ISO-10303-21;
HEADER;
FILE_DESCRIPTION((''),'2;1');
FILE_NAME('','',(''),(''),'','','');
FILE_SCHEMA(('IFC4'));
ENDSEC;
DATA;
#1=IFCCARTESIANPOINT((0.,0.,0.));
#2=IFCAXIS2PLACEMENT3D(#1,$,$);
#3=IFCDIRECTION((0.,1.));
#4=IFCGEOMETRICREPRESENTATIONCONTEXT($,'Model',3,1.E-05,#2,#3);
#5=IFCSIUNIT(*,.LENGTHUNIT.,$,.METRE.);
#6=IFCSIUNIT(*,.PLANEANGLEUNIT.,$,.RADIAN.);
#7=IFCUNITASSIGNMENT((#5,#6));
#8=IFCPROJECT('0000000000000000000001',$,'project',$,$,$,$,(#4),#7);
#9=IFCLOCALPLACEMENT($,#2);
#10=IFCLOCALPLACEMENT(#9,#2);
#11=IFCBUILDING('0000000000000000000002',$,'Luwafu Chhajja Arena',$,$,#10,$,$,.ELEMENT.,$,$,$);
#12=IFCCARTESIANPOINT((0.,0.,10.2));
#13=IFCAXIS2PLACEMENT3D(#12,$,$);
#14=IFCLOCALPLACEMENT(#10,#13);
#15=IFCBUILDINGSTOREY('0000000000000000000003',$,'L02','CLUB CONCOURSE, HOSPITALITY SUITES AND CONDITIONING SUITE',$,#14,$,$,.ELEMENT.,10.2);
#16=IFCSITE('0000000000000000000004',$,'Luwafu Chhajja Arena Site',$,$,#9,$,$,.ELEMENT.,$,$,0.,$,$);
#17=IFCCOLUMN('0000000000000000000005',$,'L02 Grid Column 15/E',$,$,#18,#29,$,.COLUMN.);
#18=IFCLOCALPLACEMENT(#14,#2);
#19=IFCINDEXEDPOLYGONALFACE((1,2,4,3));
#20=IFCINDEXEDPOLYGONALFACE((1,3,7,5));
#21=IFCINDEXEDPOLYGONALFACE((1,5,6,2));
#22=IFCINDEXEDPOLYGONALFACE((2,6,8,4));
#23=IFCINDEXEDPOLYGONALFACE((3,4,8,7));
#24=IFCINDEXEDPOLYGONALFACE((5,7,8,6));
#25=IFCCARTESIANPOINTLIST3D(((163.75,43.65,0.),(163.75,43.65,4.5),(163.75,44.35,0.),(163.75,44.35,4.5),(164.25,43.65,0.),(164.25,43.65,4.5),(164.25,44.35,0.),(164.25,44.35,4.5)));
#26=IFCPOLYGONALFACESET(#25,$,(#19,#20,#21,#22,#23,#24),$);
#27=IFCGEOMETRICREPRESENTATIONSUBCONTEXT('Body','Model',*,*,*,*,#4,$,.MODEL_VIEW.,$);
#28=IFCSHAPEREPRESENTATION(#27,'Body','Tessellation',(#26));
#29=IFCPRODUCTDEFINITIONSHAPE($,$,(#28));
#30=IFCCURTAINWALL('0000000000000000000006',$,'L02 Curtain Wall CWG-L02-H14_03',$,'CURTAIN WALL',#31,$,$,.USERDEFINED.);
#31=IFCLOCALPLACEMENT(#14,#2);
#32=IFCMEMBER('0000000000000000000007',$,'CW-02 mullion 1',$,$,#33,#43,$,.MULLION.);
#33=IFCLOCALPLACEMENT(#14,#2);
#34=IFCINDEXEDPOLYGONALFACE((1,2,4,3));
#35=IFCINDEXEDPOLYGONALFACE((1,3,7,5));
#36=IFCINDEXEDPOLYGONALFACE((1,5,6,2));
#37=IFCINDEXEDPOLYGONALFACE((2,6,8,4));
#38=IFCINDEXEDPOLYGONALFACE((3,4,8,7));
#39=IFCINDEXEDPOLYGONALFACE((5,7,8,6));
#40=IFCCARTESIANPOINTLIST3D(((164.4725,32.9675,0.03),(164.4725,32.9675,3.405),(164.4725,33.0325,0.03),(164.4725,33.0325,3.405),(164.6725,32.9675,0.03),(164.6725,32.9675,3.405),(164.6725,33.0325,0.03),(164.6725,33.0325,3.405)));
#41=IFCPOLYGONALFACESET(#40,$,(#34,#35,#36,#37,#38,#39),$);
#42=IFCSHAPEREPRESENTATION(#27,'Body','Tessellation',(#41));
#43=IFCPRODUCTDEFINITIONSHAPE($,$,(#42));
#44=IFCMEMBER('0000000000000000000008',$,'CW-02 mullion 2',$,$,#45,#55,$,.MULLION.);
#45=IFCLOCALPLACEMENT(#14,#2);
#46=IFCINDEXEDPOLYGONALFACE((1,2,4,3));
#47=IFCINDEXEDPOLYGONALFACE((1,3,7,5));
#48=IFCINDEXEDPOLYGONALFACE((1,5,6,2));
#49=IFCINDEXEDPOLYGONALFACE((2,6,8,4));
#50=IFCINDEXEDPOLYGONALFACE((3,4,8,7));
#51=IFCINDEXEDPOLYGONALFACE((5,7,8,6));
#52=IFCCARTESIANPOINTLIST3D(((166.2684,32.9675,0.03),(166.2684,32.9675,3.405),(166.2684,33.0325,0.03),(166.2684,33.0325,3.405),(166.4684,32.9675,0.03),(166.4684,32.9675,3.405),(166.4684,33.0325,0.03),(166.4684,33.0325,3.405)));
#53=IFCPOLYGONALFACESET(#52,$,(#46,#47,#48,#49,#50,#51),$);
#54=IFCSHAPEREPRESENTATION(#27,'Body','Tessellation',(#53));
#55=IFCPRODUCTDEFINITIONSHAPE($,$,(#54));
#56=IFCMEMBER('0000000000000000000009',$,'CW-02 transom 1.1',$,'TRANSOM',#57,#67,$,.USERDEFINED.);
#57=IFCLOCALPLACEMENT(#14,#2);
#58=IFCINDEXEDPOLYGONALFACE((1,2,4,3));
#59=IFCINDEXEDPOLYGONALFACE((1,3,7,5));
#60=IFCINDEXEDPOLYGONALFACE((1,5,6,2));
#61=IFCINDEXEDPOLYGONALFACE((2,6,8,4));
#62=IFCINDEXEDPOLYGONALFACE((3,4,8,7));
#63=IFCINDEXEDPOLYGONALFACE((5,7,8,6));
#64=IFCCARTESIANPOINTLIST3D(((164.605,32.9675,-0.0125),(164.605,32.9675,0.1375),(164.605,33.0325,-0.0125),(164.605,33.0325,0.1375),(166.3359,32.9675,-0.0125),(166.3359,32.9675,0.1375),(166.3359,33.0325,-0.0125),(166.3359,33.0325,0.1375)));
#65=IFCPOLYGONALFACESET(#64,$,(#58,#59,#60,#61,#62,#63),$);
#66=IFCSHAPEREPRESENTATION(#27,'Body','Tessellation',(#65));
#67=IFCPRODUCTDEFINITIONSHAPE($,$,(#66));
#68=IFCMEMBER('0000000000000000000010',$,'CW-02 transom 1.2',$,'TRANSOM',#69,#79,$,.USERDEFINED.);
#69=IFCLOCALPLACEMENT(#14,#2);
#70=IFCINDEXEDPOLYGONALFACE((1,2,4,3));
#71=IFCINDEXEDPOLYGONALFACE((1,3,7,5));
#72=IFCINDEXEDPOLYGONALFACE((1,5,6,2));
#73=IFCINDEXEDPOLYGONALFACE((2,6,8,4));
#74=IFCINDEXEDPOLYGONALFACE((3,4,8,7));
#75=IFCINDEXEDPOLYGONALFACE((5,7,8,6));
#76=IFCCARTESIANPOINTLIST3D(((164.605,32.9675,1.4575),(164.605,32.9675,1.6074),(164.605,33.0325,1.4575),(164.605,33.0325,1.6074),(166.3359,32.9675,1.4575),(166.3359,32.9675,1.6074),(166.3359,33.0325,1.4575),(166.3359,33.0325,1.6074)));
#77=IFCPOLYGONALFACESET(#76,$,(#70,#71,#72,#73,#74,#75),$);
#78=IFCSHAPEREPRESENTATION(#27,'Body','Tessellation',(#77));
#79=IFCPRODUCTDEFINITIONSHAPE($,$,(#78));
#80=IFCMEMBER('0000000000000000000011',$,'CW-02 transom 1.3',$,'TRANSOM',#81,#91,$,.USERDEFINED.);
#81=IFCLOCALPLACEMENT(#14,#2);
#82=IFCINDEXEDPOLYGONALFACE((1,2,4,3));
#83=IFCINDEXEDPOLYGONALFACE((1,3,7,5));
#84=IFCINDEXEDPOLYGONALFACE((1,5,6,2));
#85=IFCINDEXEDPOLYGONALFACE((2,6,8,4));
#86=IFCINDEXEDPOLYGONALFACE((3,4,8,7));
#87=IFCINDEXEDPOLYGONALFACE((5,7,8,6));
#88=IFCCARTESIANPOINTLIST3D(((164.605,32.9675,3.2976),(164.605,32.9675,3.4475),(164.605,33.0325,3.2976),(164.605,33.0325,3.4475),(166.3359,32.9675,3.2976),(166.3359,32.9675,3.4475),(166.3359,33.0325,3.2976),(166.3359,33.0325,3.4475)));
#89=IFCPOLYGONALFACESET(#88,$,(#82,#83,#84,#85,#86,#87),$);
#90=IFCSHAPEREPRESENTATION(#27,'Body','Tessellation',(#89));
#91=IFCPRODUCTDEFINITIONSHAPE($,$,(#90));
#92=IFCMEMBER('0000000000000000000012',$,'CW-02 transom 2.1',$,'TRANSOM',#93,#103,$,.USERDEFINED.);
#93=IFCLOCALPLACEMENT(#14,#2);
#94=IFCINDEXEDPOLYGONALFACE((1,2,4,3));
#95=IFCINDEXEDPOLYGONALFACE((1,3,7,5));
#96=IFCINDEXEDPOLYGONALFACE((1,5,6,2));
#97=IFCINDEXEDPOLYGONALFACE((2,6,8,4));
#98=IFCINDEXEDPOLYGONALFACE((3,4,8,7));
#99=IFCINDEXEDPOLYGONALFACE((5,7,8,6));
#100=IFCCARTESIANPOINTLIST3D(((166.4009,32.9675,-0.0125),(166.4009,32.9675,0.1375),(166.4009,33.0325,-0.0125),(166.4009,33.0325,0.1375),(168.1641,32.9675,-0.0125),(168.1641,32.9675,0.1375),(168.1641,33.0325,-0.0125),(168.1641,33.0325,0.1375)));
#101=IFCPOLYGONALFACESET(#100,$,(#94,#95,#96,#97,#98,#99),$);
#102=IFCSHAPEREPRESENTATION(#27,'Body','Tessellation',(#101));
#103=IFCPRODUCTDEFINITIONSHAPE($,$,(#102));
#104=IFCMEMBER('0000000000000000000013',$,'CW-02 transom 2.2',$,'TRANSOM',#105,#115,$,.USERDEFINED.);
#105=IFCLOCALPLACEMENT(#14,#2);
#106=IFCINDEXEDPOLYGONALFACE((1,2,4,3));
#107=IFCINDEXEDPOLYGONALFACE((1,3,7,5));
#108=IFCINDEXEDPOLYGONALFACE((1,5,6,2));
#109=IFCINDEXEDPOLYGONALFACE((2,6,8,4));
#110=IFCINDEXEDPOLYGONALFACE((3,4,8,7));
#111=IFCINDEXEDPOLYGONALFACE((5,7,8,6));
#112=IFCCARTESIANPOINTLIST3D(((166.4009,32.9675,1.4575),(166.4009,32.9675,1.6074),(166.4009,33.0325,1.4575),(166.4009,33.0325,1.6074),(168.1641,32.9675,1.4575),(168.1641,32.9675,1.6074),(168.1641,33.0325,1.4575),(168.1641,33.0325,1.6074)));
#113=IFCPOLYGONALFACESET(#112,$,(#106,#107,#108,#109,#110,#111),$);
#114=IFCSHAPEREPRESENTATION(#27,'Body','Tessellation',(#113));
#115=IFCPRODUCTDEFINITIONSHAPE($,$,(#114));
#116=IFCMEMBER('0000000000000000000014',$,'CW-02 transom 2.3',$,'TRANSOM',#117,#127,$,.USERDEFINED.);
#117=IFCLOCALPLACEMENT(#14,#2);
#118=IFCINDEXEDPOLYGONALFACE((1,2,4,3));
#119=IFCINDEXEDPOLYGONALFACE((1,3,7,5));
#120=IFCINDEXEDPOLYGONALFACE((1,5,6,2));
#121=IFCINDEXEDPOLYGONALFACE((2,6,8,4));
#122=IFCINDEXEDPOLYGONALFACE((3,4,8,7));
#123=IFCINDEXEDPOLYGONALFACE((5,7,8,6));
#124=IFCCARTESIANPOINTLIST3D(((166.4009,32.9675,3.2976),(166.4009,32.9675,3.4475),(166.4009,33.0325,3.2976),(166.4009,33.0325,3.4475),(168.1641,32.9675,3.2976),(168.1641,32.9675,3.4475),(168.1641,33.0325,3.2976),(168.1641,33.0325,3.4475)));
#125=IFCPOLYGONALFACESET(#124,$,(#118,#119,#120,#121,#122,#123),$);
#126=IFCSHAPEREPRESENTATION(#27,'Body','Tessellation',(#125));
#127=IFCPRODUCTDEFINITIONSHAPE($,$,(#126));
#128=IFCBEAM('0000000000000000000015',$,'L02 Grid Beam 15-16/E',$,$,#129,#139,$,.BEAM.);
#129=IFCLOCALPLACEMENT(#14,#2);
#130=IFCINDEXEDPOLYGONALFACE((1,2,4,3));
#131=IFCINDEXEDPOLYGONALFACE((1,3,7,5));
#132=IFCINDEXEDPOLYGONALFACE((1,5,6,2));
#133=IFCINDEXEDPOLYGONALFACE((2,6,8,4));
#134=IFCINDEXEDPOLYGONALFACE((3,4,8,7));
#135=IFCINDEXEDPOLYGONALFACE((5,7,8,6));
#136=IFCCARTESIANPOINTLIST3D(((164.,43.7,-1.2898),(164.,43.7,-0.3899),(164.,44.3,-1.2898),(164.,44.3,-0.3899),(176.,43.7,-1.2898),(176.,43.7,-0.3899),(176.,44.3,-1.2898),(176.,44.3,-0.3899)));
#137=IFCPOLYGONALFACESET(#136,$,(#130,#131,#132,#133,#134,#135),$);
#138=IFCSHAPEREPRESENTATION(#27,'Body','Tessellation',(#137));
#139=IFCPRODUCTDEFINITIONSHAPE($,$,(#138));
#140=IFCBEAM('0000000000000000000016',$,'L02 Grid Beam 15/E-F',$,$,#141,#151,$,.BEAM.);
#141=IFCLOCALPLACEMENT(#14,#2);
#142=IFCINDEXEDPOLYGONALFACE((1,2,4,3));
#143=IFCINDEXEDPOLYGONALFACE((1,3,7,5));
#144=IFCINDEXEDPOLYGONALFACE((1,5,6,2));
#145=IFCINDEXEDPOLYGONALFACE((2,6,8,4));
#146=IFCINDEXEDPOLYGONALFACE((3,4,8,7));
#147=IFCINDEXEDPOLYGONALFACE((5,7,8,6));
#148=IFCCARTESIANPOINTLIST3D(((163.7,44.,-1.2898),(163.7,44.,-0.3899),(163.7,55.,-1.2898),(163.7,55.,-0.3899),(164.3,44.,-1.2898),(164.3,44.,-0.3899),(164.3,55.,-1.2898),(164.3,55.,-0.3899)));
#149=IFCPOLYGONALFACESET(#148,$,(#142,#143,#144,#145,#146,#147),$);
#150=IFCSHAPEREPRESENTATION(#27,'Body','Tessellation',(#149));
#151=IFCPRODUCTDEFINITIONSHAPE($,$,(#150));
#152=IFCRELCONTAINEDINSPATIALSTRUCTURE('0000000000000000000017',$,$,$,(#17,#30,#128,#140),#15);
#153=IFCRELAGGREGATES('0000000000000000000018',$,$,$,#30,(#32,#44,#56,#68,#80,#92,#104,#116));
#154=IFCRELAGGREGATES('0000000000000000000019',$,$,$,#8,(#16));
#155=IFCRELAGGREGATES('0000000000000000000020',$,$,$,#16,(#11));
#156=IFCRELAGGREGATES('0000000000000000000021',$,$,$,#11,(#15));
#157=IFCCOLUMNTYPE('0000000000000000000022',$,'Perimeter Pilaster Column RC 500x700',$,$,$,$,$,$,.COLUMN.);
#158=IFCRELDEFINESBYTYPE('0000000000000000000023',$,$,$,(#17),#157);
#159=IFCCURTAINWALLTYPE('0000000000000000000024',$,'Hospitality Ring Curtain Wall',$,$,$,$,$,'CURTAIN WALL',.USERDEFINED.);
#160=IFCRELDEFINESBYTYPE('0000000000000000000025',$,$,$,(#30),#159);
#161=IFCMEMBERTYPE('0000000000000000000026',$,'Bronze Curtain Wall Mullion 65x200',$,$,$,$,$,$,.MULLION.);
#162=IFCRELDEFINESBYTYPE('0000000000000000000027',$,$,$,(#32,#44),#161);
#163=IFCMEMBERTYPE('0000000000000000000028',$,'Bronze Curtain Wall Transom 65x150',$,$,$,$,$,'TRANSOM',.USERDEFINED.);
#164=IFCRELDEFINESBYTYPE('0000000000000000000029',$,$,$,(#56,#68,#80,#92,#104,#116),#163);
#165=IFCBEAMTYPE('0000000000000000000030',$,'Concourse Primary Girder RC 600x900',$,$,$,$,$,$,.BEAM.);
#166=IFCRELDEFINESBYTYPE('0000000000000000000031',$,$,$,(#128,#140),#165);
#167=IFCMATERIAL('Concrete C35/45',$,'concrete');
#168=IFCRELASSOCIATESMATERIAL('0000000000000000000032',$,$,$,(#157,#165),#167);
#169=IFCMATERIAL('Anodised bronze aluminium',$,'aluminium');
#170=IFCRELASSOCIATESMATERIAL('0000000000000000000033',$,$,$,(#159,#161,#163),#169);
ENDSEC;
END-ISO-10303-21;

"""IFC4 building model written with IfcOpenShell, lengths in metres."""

from ifc_helpers import new_model, si_unit, direction, frame, origin, origin_2d, place, context, subcontext, project, spatial, rectangle, extrude, material, material_profile, profile_set, type_object, element, aggregate, save


model = new_model("IFC4")

# Units and contexts
model_context = context("Model", 3, precision=1e-05, world=origin(), true_north=direction((0.0, 1.0)))
body_context = subcontext(model_context, "Body", "Model", "MODEL_VIEW")
ifc_project = project(units=[si_unit("LENGTHUNIT", "METRE"), si_unit("PLANEANGLEUNIT", "RADIAN")], contexts=[model_context])

# Site, building, storey
site_placement = place(None, origin())
site = spatial("IfcSite", under=ifc_project, at=site_placement, Name="Luwafu Chhajja Arena Site", CompositionType="ELEMENT", RefElevation=0.0)
building_placement = place(site_placement, origin())
building = spatial("IfcBuilding", under=site, at=building_placement, Name="Luwafu Chhajja Arena", CompositionType="ELEMENT")
storey_placement = place(building_placement, frame((0.0, 0.0, 10.2)))
storey = spatial("IfcBuildingStorey", under=building, at=storey_placement, Name="L02", Description="CLUB CONCOURSE, HOSPITALITY SUITES AND CONDITIONING SUITE", CompositionType="ELEMENT", Elevation=10.2)

# Column
ifc_material_1 = material(Name="Concrete C35/45", Category="concrete")
ifc_material_profile_1 = material_profile(ifc_material_1, rectangle(XDim=0.5, YDim=0.7, at=origin_2d()), Name="RC 500x700")
ifc_profile_set_1 = profile_set([ifc_material_profile_1], Name="Concrete C35/45")
column_type = type_object("IfcColumnType", Name="Perimeter Pilaster Column RC 500x700", PredefinedType="COLUMN", material=ifc_profile_set_1)
column_placement = place(storey_placement, frame((164.0, 44.0, 0.0), z_axis=(0.0, 0.0, 1.0), x_axis=(1.0, 0.0, 0.0)))
element("IfcColumn", 1, at=column_placement, inside=storey, type_object=column_type, Name="L02 Grid Column 15/E", PredefinedType="COLUMN", context=body_context, shape_type="SweptSolid", body=[
    extrude(rectangle(XDim=0.5, YDim=0.7, at=origin_2d()), origin(), (0.0, 0.0, 1.0), 4.5),
])

# Curtain wall, members
ifc_material_2 = material(Name="Anodised bronze aluminium", Category="aluminium")
curtain_wall_type = type_object("IfcCurtainWallType", Name="Hospitality Ring Curtain Wall", ElementType="CURTAIN WALL", PredefinedType="USERDEFINED", material=ifc_material_2)
curtain_wall_placement = place(storey_placement, origin())
curtain_wall = element("IfcCurtainWall", 2, at=curtain_wall_placement, inside=storey, type_object=curtain_wall_type, Name="L02 Curtain Wall CWG-L02-H14_03", ObjectType="CURTAIN WALL", PredefinedType="USERDEFINED")
ifc_material_profile_2 = material_profile(ifc_material_2, rectangle(XDim=0.0649, YDim=0.2, at=origin_2d()), Name="CWM 65x200")
ifc_profile_set_2 = profile_set([ifc_material_profile_2], Name="Anodised bronze aluminium")
member_type_1 = type_object("IfcMemberType", Name="Bronze Curtain Wall Mullion 65x200", PredefinedType="MULLION", material=ifc_profile_set_2)
member_1_placement = place(storey_placement, frame((164.5725, 33.0, 0.03), z_axis=(0.0, 0.0, 1.0), x_axis=(0.0, 1.0, 0.0)))
member_1 = element("IfcMember", 3, at=member_1_placement, type_object=member_type_1, Name="CW-02 mullion 1", PredefinedType="MULLION", context=body_context, shape_type="SweptSolid", body=[
    extrude(rectangle(XDim=0.0649, YDim=0.2, at=origin_2d()), origin(), (0.0, 0.0, 1.0), 3.375),
])
member_2_placement = place(storey_placement, frame((166.3684, 33.0, 0.03), z_axis=(0.0, 0.0, 1.0), x_axis=(0.0, 1.0, 0.0)))
member_2 = element("IfcMember", 4, at=member_2_placement, type_object=member_type_1, Name="CW-02 mullion 2", PredefinedType="MULLION", context=body_context, shape_type="SweptSolid", body=[
    extrude(rectangle(XDim=0.0649, YDim=0.2, at=origin_2d()), origin(), (0.0, 0.0, 1.0), 3.375),
])
ifc_material_profile_3 = material_profile(ifc_material_2, rectangle(XDim=0.0649, YDim=0.1499, at=origin_2d()), Name="CWT 65x150")
ifc_profile_set_3 = profile_set([ifc_material_profile_3], Name="Anodised bronze aluminium")
member_type_2 = type_object("IfcMemberType", Name="Bronze Curtain Wall Transom 65x150", ElementType="TRANSOM", PredefinedType="USERDEFINED", material=ifc_profile_set_3)
member_3_placement = place(storey_placement, frame((164.605, 33.0, 0.0625), z_axis=(1.0, 0.0, 0.0), x_axis=(0.0, 1.0, 0.0)))
member_3 = element("IfcMember", 5, at=member_3_placement, type_object=member_type_2, Name="CW-02 transom 1.1", ObjectType="TRANSOM", PredefinedType="USERDEFINED", context=body_context, shape_type="SweptSolid", body=[
    extrude(rectangle(XDim=0.0649, YDim=0.1499, at=origin_2d()), origin(), (0.0, 0.0, 1.0), 1.731),
])
member_4_placement = place(storey_placement, frame((164.605, 33.0, 1.5325), z_axis=(1.0, 0.0, 0.0), x_axis=(0.0, 1.0, 0.0)))
member_4 = element("IfcMember", 6, at=member_4_placement, type_object=member_type_2, Name="CW-02 transom 1.2", ObjectType="TRANSOM", PredefinedType="USERDEFINED", context=body_context, shape_type="SweptSolid", body=[
    extrude(rectangle(XDim=0.0649, YDim=0.1499, at=origin_2d()), origin(), (0.0, 0.0, 1.0), 1.731),
])
member_5_placement = place(storey_placement, frame((164.605, 33.0, 3.3726), z_axis=(1.0, 0.0, 0.0), x_axis=(0.0, 1.0, 0.0)))
member_5 = element("IfcMember", 7, at=member_5_placement, type_object=member_type_2, Name="CW-02 transom 1.3", ObjectType="TRANSOM", PredefinedType="USERDEFINED", context=body_context, shape_type="SweptSolid", body=[
    extrude(rectangle(XDim=0.0649, YDim=0.1499, at=origin_2d()), origin(), (0.0, 0.0, 1.0), 1.731),
])
member_6_placement = place(storey_placement, frame((166.4009, 33.0, 0.0625), z_axis=(1.0, 0.0, 0.0), x_axis=(0.0, 1.0, 0.0)))
member_6 = element("IfcMember", 8, at=member_6_placement, type_object=member_type_2, Name="CW-02 transom 2.1", ObjectType="TRANSOM", PredefinedType="USERDEFINED", context=body_context, shape_type="SweptSolid", body=[
    extrude(rectangle(XDim=0.0649, YDim=0.1499, at=origin_2d()), origin(), (0.0, 0.0, 1.0), 1.7632),
])
member_7_placement = place(storey_placement, frame((166.4009, 33.0, 1.5325), z_axis=(1.0, 0.0, 0.0), x_axis=(0.0, 1.0, 0.0)))
member_7 = element("IfcMember", 9, at=member_7_placement, type_object=member_type_2, Name="CW-02 transom 2.2", ObjectType="TRANSOM", PredefinedType="USERDEFINED", context=body_context, shape_type="SweptSolid", body=[
    extrude(rectangle(XDim=0.0649, YDim=0.1499, at=origin_2d()), origin(), (0.0, 0.0, 1.0), 1.7632),
])
member_8_placement = place(storey_placement, frame((166.4009, 33.0, 3.3726), z_axis=(1.0, 0.0, 0.0), x_axis=(0.0, 1.0, 0.0)))
member_8 = element("IfcMember", 10, at=member_8_placement, type_object=member_type_2, Name="CW-02 transom 2.3", ObjectType="TRANSOM", PredefinedType="USERDEFINED", context=body_context, shape_type="SweptSolid", body=[
    extrude(rectangle(XDim=0.0649, YDim=0.1499, at=origin_2d()), origin(), (0.0, 0.0, 1.0), 1.7632),
])

# Beams
ifc_material_profile_4 = material_profile(ifc_material_1, rectangle(XDim=0.6001, YDim=0.8999, at=origin_2d()), Name="RC 600x900")
ifc_profile_set_4 = profile_set([ifc_material_profile_4], Name="Concrete C35/45")
beam_type_1 = type_object("IfcBeamType", Name="Concourse Primary Girder RC 600x900", PredefinedType="BEAM", material=ifc_profile_set_4)
beam_1_placement = place(storey_placement, frame((164.0, 44.0, -0.8398), z_axis=(1.0, 0.0, 0.0), x_axis=(0.0, 1.0, 0.0)))
element("IfcBeam", 11, at=beam_1_placement, inside=storey, type_object=beam_type_1, Name="L02 Grid Beam 15-16/E", PredefinedType="BEAM", context=body_context, shape_type="SweptSolid", body=[
    extrude(rectangle(XDim=0.6001, YDim=0.8999, at=origin_2d()), origin(), (0.0, 0.0, 1.0), 12.0),
])
beam_2_placement = place(storey_placement, frame((164.0, 44.0, -0.8398), z_axis=(0.0, 1.0, 0.0), x_axis=(-1.0, 0.0, 0.0)))
element("IfcBeam", 12, at=beam_2_placement, inside=storey, type_object=beam_type_1, Name="L02 Grid Beam 15/E-F", PredefinedType="BEAM", context=body_context, shape_type="SweptSolid", body=[
    extrude(rectangle(XDim=0.6001, YDim=0.8999, at=origin_2d()), origin(), (0.0, 0.0, 1.0), 11.0),
])

aggregate(curtain_wall, [member_1, member_2, member_3, member_4, member_5, member_6, member_7, member_8])

save(model, "model.ifc")
